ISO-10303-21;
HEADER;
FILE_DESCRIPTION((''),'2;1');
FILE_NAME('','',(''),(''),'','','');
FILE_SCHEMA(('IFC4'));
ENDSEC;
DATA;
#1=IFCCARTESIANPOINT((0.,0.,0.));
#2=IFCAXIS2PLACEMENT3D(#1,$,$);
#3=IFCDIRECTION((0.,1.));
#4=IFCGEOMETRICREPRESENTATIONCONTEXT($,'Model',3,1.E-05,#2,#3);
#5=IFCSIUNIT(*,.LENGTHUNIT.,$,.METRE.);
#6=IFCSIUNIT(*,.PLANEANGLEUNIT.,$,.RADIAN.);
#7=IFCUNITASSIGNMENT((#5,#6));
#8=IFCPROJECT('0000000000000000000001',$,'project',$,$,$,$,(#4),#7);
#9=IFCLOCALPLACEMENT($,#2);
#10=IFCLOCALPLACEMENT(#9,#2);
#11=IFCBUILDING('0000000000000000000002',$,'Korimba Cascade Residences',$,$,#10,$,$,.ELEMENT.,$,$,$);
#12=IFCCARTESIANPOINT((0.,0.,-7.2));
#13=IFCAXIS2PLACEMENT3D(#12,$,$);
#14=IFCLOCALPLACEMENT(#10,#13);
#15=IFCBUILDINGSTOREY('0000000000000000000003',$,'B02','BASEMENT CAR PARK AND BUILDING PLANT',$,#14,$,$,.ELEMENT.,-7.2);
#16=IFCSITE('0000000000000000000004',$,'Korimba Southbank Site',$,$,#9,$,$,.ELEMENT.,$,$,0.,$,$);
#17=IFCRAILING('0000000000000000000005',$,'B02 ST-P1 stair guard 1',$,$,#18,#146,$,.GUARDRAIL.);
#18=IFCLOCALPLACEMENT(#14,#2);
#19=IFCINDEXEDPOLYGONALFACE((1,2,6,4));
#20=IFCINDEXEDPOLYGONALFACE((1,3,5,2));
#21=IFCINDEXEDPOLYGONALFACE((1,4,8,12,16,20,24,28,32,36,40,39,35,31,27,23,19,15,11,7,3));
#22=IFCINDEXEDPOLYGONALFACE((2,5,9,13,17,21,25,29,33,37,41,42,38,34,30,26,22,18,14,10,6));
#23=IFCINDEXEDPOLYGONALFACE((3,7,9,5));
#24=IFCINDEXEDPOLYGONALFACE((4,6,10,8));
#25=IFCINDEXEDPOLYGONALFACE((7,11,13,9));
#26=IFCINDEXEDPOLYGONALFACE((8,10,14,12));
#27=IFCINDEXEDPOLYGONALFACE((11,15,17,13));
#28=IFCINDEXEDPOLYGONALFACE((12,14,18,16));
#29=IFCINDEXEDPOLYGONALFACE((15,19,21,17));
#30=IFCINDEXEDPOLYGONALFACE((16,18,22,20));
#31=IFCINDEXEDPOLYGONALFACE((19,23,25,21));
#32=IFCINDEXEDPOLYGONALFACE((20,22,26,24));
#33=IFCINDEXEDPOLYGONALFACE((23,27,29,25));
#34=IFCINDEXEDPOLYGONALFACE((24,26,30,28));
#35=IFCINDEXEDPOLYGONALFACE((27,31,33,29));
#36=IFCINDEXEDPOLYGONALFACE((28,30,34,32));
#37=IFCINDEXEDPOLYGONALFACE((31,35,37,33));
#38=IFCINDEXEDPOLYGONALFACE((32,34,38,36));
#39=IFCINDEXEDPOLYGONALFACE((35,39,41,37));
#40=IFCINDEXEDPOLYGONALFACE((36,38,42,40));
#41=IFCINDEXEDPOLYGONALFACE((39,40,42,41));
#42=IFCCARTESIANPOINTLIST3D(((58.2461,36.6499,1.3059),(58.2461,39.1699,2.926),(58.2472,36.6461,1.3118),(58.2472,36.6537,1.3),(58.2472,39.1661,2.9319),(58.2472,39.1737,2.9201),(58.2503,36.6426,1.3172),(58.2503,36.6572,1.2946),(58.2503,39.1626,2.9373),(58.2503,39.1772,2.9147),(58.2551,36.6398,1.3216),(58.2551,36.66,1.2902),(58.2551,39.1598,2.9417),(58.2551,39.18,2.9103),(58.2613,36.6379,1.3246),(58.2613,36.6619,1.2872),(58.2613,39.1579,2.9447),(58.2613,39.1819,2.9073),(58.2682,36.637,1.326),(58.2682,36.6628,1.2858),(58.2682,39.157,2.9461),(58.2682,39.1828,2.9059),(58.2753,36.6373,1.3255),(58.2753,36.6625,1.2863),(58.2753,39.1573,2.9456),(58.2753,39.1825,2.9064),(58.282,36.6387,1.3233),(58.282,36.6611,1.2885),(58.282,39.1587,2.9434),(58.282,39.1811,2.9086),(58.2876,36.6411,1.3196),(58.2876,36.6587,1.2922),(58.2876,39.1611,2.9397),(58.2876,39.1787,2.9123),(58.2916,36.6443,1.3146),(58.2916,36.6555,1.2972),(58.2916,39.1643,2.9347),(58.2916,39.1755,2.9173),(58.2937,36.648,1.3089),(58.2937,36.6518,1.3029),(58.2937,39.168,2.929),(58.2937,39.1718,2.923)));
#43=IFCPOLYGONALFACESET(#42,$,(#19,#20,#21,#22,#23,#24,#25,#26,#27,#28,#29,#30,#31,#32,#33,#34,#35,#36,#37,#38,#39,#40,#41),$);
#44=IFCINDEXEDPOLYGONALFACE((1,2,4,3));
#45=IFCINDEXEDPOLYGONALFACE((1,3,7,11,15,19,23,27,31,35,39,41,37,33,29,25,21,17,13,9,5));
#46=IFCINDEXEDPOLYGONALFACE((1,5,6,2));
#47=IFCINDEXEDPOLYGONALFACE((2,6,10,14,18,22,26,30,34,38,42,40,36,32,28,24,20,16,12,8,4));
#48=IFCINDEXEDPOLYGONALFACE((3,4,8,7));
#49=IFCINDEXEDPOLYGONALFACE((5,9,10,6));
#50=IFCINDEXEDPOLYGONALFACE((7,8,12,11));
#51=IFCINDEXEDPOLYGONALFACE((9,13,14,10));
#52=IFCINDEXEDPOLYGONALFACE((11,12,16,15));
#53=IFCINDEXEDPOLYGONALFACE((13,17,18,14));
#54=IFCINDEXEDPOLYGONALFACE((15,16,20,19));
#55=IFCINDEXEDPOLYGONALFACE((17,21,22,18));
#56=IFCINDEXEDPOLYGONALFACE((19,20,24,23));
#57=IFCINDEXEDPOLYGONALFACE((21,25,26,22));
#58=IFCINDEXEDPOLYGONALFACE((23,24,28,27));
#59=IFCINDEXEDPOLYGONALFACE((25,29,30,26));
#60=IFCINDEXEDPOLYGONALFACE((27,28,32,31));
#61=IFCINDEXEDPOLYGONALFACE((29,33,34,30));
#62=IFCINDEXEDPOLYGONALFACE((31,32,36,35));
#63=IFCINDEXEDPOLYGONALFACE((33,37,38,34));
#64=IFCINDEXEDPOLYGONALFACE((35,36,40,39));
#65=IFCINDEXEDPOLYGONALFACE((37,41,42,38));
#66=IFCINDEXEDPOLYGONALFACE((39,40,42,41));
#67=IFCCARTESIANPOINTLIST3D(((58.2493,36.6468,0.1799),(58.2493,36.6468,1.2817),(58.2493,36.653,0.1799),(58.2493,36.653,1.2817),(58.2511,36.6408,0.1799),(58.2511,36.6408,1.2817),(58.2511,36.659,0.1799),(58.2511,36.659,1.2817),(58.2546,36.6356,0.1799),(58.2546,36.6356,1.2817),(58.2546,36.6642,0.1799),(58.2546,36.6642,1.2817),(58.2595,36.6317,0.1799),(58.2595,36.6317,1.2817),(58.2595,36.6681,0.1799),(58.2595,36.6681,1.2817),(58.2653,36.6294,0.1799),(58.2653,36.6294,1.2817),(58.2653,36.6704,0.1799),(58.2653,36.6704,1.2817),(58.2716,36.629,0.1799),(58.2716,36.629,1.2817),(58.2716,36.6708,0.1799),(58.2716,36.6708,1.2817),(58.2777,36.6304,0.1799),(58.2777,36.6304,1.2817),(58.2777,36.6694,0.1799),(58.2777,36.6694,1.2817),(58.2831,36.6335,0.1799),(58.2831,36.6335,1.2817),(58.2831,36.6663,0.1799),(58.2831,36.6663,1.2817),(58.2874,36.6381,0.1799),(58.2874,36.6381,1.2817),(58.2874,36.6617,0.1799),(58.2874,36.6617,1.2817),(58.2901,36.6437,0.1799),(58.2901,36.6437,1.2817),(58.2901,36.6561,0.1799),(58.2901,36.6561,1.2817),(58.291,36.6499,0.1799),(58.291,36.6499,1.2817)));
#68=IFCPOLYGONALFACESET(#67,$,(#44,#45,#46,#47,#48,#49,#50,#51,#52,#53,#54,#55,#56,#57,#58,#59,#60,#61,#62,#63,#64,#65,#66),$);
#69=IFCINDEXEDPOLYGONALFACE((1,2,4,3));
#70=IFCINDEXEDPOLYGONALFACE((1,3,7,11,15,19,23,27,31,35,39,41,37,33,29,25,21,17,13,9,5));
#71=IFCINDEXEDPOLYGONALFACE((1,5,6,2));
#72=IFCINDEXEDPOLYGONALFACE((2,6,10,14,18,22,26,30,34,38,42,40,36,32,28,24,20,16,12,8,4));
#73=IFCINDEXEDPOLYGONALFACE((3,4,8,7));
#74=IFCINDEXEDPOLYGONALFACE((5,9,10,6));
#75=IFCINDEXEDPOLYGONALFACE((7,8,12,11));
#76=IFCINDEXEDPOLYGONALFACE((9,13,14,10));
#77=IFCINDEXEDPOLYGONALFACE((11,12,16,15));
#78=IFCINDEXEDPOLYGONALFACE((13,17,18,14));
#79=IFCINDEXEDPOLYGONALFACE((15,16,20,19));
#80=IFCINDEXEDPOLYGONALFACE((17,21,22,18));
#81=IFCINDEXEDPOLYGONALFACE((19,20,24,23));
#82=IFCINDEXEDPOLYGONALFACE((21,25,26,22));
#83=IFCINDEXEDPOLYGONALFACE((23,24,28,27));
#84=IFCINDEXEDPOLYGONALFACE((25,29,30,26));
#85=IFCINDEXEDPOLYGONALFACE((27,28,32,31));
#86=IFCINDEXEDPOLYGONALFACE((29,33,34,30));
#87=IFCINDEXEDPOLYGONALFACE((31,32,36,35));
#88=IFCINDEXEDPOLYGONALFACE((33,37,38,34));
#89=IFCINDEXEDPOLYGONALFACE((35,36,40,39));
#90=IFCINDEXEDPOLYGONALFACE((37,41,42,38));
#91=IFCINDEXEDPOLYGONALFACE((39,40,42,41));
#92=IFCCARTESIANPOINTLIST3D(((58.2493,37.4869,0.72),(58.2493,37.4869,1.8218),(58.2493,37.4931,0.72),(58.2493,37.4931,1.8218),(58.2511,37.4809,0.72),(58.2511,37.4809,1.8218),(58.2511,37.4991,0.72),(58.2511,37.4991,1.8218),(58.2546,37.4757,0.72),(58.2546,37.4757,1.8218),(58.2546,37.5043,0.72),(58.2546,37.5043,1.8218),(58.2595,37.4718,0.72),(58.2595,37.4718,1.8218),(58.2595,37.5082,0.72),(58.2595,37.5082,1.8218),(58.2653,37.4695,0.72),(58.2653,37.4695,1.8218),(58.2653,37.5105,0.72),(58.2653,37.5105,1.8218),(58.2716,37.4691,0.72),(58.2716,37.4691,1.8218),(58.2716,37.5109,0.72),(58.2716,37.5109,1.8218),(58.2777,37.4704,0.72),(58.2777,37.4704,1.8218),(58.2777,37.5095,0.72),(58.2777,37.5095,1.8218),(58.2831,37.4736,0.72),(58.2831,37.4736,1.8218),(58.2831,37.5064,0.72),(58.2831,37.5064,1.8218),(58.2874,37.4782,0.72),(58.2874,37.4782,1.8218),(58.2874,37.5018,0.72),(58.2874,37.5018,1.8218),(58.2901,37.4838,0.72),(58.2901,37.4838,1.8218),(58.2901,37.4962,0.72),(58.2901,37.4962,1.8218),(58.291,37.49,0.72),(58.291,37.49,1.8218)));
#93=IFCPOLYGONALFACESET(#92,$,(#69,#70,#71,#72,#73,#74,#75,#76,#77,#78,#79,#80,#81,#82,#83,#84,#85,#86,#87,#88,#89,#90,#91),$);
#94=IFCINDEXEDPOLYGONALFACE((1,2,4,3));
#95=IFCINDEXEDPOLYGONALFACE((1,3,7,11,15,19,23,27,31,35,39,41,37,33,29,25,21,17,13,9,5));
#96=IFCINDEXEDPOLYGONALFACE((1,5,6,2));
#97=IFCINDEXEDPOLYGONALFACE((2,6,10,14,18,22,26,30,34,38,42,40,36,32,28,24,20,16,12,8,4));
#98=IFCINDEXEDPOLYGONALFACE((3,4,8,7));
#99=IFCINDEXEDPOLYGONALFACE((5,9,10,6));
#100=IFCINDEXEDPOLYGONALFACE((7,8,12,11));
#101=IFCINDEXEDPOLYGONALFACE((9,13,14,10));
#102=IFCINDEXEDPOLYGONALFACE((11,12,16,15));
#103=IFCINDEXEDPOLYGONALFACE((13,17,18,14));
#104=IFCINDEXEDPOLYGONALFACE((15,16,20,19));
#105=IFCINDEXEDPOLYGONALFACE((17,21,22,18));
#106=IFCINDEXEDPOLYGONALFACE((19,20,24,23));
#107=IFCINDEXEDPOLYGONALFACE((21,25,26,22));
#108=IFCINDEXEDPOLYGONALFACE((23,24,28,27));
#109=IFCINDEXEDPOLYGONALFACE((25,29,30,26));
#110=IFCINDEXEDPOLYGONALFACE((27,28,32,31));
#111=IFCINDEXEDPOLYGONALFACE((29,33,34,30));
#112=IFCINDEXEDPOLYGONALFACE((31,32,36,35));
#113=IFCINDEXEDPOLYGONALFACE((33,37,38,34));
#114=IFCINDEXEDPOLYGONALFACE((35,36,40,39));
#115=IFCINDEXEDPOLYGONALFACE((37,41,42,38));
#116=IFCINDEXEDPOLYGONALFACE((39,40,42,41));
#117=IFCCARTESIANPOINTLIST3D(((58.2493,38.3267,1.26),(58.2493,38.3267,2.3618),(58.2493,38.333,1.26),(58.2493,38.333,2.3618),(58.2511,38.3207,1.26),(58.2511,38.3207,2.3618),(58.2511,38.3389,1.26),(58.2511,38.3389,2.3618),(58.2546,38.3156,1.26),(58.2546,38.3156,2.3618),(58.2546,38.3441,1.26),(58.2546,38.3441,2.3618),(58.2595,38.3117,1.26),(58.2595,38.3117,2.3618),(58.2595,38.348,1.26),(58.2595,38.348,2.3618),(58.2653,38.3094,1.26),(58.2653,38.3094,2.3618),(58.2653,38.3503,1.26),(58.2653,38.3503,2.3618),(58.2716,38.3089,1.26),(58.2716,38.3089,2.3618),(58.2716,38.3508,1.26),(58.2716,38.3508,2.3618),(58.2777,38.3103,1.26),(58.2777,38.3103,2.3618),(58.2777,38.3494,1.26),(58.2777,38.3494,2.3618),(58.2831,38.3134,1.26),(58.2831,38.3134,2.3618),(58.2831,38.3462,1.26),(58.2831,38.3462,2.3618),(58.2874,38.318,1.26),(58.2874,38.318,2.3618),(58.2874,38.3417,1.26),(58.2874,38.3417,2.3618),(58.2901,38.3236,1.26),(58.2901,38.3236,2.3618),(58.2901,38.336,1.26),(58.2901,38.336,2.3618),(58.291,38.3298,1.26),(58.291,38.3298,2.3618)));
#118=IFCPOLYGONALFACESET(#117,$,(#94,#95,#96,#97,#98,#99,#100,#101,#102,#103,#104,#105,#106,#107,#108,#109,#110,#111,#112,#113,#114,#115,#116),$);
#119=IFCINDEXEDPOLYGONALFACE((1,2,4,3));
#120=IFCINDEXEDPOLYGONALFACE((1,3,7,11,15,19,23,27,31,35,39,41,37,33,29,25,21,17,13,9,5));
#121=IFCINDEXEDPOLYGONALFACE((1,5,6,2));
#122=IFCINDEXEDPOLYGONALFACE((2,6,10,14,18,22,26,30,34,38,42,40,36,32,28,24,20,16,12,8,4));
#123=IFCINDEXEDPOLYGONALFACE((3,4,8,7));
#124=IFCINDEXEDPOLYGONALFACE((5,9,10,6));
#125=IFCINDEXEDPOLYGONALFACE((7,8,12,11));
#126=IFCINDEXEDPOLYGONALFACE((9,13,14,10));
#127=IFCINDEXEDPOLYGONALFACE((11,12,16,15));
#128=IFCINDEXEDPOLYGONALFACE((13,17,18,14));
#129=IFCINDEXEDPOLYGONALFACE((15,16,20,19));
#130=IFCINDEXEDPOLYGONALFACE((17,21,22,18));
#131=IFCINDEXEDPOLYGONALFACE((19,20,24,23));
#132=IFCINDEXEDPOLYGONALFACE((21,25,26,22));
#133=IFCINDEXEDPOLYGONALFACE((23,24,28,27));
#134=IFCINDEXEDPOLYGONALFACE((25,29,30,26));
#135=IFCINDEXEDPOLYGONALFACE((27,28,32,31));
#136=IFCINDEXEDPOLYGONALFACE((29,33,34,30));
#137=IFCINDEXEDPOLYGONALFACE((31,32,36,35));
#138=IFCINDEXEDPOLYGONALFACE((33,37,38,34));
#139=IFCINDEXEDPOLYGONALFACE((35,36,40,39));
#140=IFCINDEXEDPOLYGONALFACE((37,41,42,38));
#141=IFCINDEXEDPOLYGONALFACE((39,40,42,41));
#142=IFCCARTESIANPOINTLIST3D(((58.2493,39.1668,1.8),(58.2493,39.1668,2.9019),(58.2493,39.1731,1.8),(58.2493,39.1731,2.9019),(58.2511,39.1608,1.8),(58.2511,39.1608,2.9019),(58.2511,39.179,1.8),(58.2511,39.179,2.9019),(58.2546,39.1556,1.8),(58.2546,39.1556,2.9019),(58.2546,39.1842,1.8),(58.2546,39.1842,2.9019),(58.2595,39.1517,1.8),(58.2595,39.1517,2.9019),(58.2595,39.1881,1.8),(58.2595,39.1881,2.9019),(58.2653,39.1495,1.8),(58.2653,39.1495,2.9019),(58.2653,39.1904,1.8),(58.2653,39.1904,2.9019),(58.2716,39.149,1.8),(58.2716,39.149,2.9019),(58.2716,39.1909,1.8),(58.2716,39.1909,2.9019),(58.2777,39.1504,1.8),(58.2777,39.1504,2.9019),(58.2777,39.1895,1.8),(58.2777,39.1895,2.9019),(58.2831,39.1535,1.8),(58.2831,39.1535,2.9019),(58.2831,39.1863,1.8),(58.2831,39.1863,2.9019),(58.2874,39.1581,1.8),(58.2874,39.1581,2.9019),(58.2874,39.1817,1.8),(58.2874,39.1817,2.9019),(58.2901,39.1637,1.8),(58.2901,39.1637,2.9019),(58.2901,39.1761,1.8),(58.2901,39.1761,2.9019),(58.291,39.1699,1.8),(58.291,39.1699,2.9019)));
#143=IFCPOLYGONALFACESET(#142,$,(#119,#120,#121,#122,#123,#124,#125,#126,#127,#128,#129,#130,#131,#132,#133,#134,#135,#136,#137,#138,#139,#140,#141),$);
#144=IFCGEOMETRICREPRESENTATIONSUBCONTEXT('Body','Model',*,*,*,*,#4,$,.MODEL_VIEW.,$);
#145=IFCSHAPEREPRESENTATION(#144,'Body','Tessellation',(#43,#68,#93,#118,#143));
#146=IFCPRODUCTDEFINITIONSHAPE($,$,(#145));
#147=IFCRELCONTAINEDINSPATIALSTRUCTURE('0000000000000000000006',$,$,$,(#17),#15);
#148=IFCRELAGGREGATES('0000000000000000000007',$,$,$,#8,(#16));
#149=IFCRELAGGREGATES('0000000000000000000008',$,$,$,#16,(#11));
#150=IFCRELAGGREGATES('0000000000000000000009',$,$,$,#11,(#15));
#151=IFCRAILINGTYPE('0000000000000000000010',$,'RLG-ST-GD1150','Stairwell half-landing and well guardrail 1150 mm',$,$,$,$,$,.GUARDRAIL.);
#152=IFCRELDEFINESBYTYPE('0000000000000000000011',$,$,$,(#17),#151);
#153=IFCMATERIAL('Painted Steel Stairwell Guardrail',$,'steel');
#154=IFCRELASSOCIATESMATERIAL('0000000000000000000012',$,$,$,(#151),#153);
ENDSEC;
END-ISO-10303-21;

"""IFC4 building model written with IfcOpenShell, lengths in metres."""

from ifc_helpers import new_model, si_unit, direction, frame, origin, origin_2d, place, context, subcontext, project, spatial, circle, extrude, material, type_object, element, save


model = new_model("IFC4")

# Units and contexts
model_context = context("Model", 3, precision=1e-05, world=origin(), true_north=direction((0.0, 1.0)))
body_context = subcontext(model_context, "Body", "Model", "MODEL_VIEW")
ifc_project = project(units=[si_unit("LENGTHUNIT", "METRE"), si_unit("PLANEANGLEUNIT", "RADIAN")], contexts=[model_context])

# Site, building, storey
site_placement = place(None, origin())
site = spatial("IfcSite", under=ifc_project, at=site_placement, Name="Korimba Southbank Site", CompositionType="ELEMENT", RefElevation=0.0)
building_placement = place(site_placement, origin())
building = spatial("IfcBuilding", under=site, at=building_placement, Name="Korimba Cascade Residences", CompositionType="ELEMENT")
storey_placement = place(building_placement, frame((0.0, 0.0, -7.2)))
storey = spatial("IfcBuildingStorey", under=building, at=storey_placement, Name="B02", Description="BASEMENT CAR PARK AND BUILDING PLANT", CompositionType="ELEMENT", Elevation=-7.2)

# Railing
ifc_material_1 = material(Name="Painted Steel Stairwell Guardrail", Category="steel")
railing_type_1 = type_object("IfcRailingType", Name="RLG-ST-GD1150", Description="Stairwell half-landing and well guardrail 1150 mm", PredefinedType="GUARDRAIL", material=ifc_material_1)
railing_1_placement = place(storey_placement, frame((58.27, 36.6499, 0.1799)))
element("IfcRailing", 1, at=railing_1_placement, inside=storey, type_object=railing_type_1, Name="B02 ST-P1 stair guard 1", PredefinedType="GUARDRAIL", context=body_context, shape_type="SweptSolid", body=[
    extrude(circle(Radius=0.0239, at=origin_2d()), frame((0.0, 0.0, 1.126), z_axis=(0.0, 0.841163, 0.540782), x_axis=(-1.0, 0.0, 0.0)), (0.0, 0.0, 1.0), 2.9958),
    extrude(circle(Radius=0.021, at=origin_2d()), origin(), (0.0, 0.0, 1.0), 1.1018),
    extrude(circle(Radius=0.021, at=origin_2d()), frame((0.0, 0.8401, 0.54)), (0.0, 0.0, 1.0), 1.1018),
    extrude(circle(Radius=0.021, at=origin_2d()), frame((0.0, 1.6799, 1.0801)), (0.0, 0.0, 1.0), 1.1018),
    extrude(circle(Radius=0.021, at=origin_2d()), frame((0.0, 2.52, 1.6201)), (0.0, 0.0, 1.0), 1.1018),
])

save(model, "model.ifc")
